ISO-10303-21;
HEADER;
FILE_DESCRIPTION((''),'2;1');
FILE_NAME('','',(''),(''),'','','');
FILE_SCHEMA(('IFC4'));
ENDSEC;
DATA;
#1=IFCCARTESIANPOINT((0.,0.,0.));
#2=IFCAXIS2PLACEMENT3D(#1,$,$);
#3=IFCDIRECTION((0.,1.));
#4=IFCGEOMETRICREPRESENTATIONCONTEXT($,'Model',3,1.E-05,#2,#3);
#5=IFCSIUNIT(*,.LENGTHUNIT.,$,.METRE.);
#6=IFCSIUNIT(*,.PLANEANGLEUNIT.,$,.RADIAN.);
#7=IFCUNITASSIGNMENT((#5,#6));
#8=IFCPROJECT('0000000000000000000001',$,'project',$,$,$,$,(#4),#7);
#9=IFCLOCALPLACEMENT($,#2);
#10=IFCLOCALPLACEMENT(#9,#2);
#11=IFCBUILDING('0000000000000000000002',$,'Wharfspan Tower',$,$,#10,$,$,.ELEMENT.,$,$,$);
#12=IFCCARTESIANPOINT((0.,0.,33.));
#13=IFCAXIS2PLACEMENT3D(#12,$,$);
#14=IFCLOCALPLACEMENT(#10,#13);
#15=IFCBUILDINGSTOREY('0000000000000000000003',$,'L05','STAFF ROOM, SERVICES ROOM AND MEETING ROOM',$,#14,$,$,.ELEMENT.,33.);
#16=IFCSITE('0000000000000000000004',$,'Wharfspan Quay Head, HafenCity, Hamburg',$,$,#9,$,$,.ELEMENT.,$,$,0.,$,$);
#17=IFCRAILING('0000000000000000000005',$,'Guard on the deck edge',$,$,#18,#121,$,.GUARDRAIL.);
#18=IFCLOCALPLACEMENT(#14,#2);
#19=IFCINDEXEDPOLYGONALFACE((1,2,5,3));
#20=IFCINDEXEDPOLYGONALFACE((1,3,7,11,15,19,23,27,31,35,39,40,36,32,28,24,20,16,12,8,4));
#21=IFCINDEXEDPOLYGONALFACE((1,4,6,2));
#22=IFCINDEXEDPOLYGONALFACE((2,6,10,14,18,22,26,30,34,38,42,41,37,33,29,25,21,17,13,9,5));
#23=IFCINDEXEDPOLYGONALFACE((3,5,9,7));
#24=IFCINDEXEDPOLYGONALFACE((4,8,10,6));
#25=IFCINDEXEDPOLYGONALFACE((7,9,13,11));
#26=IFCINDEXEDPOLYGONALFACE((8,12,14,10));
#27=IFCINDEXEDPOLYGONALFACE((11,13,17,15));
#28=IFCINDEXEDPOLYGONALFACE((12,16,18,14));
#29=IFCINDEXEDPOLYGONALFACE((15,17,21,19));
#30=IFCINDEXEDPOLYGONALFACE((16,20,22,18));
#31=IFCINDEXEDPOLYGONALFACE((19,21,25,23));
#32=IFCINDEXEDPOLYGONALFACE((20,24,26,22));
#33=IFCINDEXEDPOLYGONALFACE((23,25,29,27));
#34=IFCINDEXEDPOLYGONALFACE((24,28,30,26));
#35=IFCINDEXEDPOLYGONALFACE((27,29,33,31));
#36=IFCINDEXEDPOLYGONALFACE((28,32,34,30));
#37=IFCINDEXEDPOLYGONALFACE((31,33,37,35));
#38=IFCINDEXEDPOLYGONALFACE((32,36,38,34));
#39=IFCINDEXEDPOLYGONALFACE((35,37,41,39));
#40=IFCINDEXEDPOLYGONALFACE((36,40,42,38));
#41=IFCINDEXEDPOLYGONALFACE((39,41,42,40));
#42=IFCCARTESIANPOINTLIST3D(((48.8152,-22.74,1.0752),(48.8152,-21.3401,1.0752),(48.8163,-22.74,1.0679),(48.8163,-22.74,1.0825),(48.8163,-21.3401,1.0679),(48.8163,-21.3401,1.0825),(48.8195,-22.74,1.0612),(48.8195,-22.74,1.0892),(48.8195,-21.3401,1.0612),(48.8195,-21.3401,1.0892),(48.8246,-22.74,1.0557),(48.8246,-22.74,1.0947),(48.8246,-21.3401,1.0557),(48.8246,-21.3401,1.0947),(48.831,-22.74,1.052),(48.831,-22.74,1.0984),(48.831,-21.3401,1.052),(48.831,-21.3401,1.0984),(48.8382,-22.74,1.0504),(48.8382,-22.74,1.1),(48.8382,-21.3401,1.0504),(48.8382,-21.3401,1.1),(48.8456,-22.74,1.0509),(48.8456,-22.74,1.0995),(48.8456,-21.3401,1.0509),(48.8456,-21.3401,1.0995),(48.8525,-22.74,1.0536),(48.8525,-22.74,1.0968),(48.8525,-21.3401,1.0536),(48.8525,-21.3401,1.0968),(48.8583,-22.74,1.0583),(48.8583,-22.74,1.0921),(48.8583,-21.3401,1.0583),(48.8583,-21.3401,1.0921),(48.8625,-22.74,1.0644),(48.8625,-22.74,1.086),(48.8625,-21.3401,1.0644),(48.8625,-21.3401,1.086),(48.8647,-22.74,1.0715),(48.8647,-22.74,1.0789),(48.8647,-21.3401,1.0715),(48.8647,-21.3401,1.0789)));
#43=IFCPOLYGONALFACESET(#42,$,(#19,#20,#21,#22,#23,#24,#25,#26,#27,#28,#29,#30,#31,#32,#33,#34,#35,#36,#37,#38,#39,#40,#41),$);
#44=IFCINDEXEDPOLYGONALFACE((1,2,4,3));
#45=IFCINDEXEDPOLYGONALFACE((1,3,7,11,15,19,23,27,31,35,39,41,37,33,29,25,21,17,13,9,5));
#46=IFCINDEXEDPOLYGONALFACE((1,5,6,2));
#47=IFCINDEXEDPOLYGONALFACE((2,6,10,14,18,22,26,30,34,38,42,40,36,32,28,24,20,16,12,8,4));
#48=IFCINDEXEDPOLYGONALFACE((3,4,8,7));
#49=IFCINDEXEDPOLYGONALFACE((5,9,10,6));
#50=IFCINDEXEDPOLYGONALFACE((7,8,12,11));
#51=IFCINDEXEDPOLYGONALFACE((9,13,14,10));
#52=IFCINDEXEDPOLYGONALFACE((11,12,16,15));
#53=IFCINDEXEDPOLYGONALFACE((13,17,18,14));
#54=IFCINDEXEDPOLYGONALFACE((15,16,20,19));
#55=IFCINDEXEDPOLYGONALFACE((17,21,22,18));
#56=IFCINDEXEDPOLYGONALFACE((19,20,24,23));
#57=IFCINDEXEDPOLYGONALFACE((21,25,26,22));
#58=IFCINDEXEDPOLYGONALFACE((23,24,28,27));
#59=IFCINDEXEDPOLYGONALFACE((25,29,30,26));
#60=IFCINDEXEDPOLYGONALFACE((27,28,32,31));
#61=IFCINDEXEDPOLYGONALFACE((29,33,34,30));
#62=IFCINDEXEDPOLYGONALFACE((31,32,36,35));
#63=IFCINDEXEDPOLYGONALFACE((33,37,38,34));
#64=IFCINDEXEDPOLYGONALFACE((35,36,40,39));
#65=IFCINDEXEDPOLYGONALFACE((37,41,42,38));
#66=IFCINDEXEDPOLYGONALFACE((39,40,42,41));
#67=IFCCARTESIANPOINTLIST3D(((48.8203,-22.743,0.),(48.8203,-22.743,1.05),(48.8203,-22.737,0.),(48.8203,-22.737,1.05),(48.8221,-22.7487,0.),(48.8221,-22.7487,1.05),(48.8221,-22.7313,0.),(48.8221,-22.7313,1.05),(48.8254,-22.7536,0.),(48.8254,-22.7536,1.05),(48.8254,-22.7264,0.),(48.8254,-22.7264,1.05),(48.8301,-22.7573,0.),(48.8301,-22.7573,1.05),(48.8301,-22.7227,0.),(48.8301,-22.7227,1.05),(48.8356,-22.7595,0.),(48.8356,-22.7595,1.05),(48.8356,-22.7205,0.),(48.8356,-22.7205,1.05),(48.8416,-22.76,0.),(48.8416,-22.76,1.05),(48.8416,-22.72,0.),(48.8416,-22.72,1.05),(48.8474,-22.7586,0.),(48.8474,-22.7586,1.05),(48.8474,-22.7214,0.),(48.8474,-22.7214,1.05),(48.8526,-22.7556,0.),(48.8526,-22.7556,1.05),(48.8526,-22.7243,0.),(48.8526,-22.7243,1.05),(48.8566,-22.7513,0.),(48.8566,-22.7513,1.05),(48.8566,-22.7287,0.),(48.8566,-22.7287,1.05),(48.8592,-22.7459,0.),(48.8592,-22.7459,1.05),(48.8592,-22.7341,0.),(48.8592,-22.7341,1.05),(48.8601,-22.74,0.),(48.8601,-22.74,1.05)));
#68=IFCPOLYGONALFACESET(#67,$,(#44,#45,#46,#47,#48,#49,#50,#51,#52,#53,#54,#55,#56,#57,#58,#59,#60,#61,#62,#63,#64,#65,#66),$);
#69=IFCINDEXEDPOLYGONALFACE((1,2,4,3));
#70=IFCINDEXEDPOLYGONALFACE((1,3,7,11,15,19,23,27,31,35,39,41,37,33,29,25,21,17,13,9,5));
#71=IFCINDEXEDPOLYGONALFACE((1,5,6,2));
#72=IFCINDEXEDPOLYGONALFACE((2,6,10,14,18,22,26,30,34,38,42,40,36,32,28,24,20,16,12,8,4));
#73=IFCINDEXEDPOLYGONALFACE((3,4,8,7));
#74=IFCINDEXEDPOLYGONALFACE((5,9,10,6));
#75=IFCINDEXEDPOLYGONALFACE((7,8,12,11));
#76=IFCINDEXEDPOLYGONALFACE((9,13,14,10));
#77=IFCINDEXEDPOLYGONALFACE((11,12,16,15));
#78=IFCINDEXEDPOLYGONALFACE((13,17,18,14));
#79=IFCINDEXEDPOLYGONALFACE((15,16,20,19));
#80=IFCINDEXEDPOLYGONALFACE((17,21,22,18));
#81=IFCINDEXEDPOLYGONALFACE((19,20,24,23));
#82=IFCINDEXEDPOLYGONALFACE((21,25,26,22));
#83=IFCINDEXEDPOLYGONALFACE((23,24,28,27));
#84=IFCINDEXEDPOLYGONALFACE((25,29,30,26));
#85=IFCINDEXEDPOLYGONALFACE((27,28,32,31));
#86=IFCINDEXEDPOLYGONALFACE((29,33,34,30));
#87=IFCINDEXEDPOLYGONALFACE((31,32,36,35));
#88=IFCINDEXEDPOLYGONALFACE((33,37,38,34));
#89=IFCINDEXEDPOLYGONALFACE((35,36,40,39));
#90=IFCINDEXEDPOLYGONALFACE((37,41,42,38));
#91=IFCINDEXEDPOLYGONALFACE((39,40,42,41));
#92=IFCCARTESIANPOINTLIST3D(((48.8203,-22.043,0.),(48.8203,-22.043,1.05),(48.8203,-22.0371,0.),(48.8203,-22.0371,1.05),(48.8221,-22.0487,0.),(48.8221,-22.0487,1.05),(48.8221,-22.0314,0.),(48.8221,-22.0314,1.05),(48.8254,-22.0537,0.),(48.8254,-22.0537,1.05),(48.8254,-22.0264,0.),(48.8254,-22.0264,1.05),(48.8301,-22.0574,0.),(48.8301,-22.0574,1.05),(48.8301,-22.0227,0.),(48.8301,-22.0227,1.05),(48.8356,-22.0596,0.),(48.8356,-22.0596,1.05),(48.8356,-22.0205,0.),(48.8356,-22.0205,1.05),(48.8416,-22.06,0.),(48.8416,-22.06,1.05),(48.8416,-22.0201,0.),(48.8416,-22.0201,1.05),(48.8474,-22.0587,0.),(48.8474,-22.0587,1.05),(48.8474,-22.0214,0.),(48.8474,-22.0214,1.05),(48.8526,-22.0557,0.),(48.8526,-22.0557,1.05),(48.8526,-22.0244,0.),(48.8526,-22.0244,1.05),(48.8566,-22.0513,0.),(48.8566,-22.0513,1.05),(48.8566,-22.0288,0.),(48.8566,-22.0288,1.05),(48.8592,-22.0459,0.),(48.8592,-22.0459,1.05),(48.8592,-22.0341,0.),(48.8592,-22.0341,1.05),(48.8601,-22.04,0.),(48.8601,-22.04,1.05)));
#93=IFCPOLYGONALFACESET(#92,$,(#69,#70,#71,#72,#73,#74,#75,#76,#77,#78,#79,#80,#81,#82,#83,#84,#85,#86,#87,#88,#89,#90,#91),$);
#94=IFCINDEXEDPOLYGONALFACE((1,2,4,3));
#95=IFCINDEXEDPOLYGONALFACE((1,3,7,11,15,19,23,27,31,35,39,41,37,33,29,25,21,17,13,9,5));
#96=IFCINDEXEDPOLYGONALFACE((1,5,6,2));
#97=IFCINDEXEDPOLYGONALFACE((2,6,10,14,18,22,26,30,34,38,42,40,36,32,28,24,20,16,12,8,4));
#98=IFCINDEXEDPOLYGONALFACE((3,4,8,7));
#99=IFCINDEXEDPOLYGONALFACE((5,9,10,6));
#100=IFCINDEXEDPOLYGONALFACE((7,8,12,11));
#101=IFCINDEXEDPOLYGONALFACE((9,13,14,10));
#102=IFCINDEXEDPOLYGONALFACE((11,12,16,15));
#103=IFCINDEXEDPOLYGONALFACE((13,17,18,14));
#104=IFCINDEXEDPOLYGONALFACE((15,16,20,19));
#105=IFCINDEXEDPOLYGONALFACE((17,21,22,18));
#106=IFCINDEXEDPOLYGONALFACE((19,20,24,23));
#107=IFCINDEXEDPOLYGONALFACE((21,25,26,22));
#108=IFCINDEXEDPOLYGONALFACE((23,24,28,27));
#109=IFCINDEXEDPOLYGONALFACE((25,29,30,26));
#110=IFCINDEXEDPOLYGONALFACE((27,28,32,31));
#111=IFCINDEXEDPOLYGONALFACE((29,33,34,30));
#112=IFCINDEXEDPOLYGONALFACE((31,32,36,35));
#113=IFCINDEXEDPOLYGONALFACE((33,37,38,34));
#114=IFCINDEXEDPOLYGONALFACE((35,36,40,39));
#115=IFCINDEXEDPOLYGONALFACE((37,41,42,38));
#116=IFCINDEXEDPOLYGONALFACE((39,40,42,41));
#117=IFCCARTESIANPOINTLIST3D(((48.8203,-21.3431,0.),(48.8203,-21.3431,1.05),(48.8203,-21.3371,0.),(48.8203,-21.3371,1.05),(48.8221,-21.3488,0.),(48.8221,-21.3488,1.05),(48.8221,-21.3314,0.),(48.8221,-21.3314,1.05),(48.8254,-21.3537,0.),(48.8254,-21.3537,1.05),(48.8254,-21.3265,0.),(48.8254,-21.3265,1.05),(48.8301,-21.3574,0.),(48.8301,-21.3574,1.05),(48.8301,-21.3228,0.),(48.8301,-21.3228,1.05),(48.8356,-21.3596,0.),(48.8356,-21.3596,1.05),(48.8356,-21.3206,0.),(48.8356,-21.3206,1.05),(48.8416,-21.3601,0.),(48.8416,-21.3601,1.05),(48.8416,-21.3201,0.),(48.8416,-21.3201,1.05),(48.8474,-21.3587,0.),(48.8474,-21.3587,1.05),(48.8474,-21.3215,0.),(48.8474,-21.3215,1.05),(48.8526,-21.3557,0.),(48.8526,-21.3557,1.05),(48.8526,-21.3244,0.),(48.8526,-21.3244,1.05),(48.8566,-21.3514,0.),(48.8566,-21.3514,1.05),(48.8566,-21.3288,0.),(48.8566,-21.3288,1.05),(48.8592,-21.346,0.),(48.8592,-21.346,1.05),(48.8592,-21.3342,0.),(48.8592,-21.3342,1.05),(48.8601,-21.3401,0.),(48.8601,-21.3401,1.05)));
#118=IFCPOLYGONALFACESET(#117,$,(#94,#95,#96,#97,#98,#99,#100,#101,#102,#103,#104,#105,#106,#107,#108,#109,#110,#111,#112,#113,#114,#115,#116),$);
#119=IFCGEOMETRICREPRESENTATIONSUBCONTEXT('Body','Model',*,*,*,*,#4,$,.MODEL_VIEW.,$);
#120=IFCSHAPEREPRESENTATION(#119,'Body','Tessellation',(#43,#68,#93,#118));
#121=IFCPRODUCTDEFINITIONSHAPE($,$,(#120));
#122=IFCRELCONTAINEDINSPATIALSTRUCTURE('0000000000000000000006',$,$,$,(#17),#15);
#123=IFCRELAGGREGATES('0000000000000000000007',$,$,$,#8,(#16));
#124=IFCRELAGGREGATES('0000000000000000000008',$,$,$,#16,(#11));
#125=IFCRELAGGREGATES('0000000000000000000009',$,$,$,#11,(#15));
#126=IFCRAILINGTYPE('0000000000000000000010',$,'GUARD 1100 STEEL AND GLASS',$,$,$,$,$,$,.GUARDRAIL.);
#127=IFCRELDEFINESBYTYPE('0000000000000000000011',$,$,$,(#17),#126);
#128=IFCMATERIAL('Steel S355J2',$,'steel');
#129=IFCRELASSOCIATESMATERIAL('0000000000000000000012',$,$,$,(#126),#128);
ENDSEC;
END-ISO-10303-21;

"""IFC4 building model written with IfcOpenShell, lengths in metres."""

from ifc_helpers import new_model, si_unit, direction, frame, origin, origin_2d, place, context, subcontext, project, spatial, circle, extrude, material, type_object, element, save


model = new_model("IFC4")

# Units and contexts
model_context = context("Model", 3, precision=1e-05, world=origin(), true_north=direction((0.0, 1.0)))
body_context = subcontext(model_context, "Body", "Model", "MODEL_VIEW")
ifc_project = project(units=[si_unit("LENGTHUNIT", "METRE"), si_unit("PLANEANGLEUNIT", "RADIAN")], contexts=[model_context])

# Site, building, storey
site_placement = place(None, origin())
site = spatial("IfcSite", under=ifc_project, at=site_placement, Name="Wharfspan Quay Head, HafenCity, Hamburg", CompositionType="ELEMENT", RefElevation=0.0)
building_placement = place(site_placement, origin())
building = spatial("IfcBuilding", under=site, at=building_placement, Name="Wharfspan Tower", CompositionType="ELEMENT")
storey_placement = place(building_placement, frame((0.0, 0.0, 33.0)))
storey = spatial("IfcBuildingStorey", under=building, at=storey_placement, Name="L05", Description="STAFF ROOM, SERVICES ROOM AND MEETING ROOM", CompositionType="ELEMENT", Elevation=33.0)

# Railing
ifc_material_1 = material(Name="Steel S355J2", Category="steel")
railing_type = type_object("IfcRailingType", Name="GUARD 1100 STEEL AND GLASS", PredefinedType="GUARDRAIL", material=ifc_material_1)
railing_1_placement = place(storey_placement, frame((48.8401, -22.74, 0.0)))
element("IfcRailing", 1, at=railing_1_placement, inside=storey, type_object=railing_type, Name="Guard on the deck edge", PredefinedType="GUARDRAIL", context=body_context, shape_type="SweptSolid", body=[
    extrude(circle(Radius=0.0249, at=origin_2d()), frame((0.0, 0.0, 1.0752), z_axis=(0.0, 1.0, 0.0), x_axis=(-1.0, 0.0, 0.0)), (0.0, 0.0, 1.0), 1.3999),
    extrude(circle(Radius=0.02, at=origin_2d()), origin(), (0.0, 0.0, 1.0), 1.05),
    extrude(circle(Radius=0.02, at=origin_2d()), frame((0.0, 0.7, 0.0)), (0.0, 0.0, 1.0), 1.05),
    extrude(circle(Radius=0.02, at=origin_2d()), frame((0.0, 1.3999, 0.0)), (0.0, 0.0, 1.0), 1.05),
])

save(model, "model.ifc")
